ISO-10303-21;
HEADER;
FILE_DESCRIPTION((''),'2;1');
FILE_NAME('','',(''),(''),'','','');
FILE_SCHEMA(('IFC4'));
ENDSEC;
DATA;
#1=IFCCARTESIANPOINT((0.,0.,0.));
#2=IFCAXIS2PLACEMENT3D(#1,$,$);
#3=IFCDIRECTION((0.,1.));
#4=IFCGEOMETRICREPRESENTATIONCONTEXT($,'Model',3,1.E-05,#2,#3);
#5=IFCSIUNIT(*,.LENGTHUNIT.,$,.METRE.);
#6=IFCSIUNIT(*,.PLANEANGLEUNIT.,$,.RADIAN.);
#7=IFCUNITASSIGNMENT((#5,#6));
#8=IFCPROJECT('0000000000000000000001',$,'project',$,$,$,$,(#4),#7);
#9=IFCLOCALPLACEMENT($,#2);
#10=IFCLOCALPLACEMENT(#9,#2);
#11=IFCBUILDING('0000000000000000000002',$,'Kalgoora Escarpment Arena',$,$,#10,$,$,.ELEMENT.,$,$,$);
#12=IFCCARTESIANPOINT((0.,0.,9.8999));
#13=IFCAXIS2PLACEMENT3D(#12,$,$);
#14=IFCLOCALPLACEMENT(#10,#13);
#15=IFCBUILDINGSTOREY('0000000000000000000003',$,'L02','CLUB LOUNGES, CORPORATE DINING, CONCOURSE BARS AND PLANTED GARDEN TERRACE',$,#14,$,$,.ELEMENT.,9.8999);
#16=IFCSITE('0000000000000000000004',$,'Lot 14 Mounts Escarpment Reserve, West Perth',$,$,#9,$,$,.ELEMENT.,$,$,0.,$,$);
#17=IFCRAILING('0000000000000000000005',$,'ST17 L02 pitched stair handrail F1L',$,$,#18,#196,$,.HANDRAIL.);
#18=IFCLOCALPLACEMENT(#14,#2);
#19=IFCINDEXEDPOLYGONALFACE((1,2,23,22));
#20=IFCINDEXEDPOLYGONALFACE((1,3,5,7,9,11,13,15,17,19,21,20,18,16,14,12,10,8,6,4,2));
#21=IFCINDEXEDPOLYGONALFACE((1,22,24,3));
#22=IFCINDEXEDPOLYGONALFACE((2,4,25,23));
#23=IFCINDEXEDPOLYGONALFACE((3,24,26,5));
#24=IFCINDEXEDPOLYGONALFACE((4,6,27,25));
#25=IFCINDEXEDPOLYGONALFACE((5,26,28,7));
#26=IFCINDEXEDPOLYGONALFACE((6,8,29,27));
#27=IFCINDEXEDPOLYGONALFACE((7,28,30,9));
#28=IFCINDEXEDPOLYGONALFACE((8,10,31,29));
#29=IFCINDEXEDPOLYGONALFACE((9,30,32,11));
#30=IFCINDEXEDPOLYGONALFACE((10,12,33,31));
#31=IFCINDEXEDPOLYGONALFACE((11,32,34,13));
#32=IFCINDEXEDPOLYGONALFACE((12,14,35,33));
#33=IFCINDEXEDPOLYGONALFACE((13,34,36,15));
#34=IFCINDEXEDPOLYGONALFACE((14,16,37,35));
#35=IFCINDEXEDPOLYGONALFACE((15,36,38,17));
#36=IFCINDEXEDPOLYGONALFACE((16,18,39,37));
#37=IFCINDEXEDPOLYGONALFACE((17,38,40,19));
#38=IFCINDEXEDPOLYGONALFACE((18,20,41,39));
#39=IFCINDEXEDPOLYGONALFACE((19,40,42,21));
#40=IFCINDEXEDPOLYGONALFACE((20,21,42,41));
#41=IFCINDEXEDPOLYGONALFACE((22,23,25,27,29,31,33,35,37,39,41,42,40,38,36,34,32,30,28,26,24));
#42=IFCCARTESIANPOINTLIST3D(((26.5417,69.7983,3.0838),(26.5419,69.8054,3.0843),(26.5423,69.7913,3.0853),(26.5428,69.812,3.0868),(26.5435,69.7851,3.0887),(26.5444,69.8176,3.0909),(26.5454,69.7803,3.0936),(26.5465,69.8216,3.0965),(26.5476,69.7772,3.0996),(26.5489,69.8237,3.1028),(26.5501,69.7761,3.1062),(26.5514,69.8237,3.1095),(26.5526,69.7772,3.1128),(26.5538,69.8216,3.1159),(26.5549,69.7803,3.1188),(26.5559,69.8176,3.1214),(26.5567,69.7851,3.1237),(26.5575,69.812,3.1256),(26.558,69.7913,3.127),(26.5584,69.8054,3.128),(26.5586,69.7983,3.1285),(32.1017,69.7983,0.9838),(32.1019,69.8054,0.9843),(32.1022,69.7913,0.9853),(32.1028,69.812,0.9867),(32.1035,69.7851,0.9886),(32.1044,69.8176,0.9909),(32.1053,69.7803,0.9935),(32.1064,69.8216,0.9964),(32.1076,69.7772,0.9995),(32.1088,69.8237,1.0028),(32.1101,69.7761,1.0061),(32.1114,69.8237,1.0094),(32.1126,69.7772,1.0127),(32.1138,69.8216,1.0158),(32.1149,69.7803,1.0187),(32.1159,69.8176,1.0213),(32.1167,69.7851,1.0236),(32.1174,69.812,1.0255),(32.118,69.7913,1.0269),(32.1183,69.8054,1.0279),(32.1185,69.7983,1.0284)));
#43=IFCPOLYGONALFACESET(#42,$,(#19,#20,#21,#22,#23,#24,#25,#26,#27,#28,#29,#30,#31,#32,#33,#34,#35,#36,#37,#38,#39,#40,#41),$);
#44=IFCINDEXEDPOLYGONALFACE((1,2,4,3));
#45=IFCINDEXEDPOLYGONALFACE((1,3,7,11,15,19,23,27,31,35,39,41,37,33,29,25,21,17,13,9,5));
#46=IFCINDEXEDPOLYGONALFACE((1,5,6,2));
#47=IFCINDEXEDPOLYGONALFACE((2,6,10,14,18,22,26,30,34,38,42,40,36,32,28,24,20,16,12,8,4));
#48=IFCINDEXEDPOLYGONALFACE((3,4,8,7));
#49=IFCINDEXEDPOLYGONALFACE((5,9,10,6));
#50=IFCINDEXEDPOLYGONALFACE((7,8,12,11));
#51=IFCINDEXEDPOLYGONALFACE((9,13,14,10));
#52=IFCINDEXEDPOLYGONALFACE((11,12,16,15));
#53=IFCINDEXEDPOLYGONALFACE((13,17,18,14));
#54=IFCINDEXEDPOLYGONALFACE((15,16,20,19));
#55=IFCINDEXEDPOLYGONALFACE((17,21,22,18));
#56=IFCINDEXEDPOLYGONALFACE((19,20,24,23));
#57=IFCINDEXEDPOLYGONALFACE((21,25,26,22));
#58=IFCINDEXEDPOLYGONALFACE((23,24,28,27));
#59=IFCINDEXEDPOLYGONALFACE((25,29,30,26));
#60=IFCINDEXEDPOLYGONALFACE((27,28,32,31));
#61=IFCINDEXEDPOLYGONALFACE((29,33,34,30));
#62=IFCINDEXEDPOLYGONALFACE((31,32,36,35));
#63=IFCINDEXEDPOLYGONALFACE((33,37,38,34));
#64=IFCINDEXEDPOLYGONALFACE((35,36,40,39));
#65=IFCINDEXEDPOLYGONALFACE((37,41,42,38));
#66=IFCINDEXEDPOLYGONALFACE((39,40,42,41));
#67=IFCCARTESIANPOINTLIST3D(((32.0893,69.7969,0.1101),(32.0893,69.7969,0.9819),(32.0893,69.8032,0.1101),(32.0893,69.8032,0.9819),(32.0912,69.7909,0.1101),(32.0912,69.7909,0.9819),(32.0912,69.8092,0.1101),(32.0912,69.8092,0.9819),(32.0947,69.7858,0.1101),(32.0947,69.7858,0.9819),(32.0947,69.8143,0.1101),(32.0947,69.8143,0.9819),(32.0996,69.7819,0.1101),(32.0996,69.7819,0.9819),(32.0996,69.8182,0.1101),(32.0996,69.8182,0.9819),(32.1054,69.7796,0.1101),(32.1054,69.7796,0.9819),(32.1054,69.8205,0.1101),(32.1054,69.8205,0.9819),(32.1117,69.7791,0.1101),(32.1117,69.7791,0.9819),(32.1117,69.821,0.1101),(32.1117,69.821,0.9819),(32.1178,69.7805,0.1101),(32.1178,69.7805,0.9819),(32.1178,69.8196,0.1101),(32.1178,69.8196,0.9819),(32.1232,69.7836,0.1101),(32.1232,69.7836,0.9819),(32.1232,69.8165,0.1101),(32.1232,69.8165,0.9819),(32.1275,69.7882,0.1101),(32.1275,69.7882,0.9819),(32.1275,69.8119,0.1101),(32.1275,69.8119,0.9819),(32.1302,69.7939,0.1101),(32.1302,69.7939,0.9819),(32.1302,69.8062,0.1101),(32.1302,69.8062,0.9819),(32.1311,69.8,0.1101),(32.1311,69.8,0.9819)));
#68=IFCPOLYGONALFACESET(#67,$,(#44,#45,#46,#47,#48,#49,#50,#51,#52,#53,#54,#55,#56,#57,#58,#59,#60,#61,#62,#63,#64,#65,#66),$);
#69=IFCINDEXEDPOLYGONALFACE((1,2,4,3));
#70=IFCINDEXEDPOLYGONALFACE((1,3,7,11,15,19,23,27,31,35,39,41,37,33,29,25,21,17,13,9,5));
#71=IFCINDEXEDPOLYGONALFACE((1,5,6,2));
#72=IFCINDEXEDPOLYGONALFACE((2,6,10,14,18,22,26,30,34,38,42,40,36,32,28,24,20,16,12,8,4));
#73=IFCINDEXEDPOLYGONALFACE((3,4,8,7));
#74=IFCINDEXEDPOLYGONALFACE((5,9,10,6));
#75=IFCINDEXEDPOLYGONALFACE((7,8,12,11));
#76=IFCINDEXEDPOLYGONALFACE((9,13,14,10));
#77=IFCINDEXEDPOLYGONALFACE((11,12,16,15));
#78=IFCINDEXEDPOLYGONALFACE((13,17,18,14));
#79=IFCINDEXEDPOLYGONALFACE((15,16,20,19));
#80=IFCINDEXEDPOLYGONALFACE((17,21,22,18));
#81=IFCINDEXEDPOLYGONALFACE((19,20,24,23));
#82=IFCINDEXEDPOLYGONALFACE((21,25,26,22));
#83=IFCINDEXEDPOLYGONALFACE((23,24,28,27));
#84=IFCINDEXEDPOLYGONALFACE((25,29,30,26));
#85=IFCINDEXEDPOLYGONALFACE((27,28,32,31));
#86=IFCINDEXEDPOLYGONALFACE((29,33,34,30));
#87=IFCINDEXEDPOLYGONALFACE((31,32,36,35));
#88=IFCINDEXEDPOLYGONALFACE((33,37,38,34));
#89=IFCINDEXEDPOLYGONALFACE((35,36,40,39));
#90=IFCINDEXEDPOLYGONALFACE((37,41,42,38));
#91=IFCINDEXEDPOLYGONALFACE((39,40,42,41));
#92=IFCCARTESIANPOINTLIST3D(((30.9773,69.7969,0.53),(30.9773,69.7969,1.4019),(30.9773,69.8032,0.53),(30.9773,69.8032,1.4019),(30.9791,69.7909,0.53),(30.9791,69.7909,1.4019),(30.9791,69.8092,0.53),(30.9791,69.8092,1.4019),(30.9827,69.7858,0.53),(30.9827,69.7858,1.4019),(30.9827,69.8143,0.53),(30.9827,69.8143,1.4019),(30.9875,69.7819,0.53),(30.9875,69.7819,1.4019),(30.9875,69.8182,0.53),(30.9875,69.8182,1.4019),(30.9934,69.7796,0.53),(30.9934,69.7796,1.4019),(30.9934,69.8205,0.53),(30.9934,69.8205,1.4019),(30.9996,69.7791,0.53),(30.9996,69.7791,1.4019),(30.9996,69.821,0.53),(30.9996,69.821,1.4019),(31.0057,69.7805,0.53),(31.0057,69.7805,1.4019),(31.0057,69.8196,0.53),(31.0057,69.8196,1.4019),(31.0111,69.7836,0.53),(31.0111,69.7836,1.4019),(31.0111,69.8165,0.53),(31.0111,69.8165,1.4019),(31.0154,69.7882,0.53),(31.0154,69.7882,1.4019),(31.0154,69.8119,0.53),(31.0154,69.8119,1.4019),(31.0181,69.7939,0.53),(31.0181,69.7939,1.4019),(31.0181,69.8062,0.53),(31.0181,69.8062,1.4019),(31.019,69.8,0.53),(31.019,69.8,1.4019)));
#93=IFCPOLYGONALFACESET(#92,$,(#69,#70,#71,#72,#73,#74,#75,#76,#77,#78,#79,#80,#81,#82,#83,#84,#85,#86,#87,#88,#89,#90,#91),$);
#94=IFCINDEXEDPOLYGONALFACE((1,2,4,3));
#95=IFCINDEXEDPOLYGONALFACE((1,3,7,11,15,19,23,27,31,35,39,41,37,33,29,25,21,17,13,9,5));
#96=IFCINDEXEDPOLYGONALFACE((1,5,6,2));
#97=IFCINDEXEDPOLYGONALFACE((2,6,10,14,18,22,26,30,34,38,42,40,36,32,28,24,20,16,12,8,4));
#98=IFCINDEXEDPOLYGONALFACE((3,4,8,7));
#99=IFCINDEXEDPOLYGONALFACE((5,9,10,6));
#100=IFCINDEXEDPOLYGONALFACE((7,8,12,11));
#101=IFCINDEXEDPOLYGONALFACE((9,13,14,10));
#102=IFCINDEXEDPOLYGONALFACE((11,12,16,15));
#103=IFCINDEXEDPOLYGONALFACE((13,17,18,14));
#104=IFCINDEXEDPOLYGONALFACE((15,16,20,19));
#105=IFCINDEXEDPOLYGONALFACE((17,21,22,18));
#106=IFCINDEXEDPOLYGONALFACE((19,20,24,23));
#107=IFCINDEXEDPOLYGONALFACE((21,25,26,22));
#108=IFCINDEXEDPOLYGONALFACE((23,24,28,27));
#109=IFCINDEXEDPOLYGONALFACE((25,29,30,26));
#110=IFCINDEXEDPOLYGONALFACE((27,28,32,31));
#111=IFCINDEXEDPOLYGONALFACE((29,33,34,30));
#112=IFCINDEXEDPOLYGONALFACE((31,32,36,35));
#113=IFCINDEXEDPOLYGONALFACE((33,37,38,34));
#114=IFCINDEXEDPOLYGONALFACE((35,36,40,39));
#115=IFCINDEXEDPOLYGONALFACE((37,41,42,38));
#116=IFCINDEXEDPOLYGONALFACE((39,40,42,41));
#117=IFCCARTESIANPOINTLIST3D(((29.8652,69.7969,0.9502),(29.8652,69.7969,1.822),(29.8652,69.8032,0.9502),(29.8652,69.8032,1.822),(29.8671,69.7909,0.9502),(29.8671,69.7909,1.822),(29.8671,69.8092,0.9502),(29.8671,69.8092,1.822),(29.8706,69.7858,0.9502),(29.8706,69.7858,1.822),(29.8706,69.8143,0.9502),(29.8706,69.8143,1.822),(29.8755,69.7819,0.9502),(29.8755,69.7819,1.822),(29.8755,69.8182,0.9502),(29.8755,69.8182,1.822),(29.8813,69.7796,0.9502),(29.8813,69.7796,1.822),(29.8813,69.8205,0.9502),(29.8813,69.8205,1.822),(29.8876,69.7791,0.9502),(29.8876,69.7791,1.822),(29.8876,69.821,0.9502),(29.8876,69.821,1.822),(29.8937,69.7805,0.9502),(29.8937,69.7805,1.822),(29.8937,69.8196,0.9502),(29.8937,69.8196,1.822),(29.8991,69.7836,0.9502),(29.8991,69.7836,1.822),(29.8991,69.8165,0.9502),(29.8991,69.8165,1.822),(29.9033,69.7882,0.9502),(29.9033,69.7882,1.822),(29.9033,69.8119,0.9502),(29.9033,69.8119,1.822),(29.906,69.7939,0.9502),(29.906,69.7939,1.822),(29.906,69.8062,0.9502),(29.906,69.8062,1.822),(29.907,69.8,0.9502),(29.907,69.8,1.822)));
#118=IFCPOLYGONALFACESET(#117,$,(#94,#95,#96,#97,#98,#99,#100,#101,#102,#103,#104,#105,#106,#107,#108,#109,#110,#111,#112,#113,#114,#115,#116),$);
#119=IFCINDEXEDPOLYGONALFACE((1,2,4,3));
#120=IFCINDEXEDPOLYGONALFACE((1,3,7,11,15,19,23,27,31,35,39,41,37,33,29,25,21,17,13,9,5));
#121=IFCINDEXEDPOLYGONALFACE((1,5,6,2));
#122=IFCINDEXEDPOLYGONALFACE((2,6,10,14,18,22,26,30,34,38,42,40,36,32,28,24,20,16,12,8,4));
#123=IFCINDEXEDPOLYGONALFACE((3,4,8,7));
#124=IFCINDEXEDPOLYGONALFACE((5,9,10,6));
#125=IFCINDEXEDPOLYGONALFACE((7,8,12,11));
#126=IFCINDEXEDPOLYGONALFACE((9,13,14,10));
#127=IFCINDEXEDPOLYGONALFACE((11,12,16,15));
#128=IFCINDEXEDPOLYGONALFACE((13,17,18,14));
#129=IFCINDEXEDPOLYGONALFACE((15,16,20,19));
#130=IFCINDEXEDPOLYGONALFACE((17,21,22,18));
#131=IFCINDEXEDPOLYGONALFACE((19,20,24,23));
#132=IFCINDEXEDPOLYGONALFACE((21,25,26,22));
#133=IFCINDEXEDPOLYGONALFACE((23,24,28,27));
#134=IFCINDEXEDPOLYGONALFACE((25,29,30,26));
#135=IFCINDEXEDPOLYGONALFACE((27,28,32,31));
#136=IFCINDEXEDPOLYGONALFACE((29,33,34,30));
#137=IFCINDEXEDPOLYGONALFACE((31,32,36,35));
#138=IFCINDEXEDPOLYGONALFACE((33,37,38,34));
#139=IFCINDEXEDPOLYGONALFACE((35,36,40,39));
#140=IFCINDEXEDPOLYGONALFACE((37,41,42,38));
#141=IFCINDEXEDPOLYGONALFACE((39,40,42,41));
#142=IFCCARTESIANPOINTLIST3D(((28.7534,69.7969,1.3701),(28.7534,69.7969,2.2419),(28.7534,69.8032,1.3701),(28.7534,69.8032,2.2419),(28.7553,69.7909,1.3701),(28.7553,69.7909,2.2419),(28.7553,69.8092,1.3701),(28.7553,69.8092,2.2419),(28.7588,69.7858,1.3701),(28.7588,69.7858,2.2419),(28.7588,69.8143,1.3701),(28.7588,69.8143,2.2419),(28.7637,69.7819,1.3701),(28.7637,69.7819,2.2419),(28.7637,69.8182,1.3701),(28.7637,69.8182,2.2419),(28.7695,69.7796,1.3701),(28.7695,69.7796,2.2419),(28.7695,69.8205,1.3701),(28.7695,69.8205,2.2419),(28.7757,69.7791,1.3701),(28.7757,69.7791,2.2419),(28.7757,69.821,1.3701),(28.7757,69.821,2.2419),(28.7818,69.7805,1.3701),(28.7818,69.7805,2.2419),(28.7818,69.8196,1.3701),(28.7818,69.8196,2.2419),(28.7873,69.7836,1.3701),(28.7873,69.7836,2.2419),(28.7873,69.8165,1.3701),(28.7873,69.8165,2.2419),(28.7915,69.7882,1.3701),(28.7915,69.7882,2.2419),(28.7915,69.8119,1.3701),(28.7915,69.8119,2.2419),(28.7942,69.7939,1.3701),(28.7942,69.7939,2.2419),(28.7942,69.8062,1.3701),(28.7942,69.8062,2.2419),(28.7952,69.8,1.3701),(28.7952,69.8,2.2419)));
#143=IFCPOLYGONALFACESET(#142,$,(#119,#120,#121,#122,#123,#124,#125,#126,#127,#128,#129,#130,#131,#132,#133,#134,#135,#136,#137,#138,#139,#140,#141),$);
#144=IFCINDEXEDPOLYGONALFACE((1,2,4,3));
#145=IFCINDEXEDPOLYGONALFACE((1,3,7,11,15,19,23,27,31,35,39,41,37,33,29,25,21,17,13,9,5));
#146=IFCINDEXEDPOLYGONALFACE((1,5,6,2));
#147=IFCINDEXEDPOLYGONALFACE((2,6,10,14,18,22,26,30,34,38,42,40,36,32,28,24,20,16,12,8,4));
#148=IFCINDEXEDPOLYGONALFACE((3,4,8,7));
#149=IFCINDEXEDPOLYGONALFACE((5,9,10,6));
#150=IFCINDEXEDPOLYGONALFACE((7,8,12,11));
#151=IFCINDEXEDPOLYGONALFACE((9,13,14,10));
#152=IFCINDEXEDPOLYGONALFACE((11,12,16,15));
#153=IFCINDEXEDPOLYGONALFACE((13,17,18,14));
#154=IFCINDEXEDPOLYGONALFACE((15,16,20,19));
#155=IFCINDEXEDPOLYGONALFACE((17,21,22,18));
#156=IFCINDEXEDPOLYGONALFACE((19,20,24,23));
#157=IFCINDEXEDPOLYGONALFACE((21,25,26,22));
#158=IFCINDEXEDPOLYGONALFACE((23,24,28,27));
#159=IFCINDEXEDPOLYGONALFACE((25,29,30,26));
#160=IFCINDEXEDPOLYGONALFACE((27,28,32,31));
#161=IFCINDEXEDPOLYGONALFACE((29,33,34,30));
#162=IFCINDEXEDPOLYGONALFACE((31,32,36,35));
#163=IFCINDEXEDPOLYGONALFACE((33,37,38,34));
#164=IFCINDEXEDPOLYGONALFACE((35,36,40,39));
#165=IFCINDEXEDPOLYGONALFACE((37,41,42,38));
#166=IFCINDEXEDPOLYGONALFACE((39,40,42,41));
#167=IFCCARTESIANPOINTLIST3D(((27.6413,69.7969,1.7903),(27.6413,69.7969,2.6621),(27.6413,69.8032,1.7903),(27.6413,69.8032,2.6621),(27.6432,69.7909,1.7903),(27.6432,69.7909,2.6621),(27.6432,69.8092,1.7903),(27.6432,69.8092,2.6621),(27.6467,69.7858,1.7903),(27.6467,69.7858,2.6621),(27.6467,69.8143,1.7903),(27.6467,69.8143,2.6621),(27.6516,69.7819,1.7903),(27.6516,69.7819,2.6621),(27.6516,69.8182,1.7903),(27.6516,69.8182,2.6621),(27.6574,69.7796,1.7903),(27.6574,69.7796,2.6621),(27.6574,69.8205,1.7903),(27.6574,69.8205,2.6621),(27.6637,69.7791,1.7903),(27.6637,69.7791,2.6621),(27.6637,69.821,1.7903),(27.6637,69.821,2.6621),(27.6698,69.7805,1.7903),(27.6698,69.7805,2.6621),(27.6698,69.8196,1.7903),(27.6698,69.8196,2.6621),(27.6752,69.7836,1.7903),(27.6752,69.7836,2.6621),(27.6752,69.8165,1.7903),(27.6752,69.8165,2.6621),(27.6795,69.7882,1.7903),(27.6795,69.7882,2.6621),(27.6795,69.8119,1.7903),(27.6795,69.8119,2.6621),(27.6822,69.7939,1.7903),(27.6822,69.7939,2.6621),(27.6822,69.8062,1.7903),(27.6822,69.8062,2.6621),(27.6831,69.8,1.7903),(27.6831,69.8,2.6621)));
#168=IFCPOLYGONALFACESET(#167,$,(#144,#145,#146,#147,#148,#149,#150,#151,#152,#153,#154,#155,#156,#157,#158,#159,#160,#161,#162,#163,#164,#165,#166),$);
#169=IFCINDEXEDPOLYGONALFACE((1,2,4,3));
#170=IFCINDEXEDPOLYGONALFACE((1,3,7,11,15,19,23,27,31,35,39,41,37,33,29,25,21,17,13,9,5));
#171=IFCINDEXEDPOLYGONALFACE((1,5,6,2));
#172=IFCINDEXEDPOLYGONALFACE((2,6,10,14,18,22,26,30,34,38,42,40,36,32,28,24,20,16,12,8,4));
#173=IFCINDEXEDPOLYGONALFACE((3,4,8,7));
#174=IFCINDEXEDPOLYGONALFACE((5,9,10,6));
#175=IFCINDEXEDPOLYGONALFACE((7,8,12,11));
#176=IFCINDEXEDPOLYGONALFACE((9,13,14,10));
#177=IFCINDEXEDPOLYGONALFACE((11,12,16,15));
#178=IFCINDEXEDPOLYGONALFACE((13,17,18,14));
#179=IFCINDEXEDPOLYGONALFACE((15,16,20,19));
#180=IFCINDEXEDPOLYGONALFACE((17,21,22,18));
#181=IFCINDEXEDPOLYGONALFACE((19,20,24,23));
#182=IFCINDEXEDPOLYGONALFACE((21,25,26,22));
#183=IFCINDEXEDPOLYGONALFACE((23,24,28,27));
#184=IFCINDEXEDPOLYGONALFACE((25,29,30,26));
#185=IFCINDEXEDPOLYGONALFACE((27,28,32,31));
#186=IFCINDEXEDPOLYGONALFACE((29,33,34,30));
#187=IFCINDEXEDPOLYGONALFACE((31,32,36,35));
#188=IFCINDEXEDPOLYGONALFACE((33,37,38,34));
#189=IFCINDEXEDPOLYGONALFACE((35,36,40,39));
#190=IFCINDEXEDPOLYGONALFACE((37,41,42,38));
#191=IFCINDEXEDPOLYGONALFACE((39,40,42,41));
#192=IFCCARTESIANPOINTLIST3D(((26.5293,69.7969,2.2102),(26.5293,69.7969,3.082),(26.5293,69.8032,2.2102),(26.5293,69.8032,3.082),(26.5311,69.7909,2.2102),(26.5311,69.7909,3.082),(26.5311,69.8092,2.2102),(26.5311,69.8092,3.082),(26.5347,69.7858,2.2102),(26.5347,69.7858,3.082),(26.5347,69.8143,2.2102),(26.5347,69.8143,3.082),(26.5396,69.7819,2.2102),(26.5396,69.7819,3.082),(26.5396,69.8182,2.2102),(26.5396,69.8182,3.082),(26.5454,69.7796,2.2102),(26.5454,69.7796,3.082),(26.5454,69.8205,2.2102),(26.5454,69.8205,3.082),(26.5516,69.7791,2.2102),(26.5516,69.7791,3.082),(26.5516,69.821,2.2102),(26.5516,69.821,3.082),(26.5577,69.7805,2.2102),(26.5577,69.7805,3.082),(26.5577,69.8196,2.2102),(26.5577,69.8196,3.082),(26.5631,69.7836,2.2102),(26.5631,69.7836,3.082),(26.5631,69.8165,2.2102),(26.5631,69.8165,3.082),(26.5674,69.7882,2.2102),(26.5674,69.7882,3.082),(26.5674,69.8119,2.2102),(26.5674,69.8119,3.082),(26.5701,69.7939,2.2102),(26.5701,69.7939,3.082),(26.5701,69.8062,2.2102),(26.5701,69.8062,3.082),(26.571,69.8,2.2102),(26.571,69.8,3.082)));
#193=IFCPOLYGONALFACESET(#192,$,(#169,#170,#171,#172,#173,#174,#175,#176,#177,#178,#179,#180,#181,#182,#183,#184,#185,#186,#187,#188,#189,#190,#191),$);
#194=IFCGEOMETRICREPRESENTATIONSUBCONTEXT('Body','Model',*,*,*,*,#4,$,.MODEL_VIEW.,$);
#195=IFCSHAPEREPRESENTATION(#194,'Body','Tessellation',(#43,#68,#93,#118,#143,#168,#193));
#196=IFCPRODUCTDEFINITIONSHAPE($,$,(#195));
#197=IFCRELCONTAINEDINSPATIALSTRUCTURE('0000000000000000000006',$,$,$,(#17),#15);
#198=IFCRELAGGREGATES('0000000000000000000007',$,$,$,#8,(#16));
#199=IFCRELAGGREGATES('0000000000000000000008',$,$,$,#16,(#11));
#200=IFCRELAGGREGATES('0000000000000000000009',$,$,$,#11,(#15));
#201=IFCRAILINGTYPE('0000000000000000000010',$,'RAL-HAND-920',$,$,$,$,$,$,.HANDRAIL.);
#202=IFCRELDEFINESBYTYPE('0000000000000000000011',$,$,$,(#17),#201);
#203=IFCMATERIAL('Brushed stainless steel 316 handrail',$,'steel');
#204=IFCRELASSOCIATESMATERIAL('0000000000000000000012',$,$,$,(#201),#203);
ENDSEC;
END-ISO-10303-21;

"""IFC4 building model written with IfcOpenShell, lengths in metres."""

from ifc_helpers import new_model, si_unit, direction, frame, origin, origin_2d, place, context, subcontext, project, spatial, circle, extrude, material, type_object, element, save


model = new_model("IFC4")

# Units and contexts
model_context = context("Model", 3, precision=1e-05, world=origin(), true_north=direction((0.0, 1.0)))
body_context = subcontext(model_context, "Body", "Model", "MODEL_VIEW")
ifc_project = project(units=[si_unit("LENGTHUNIT", "METRE"), si_unit("PLANEANGLEUNIT", "RADIAN")], contexts=[model_context])

# Site, building, storey
site_placement = place(None, origin())
site = spatial("IfcSite", under=ifc_project, at=site_placement, Name="Lot 14 Mounts Escarpment Reserve, West Perth", CompositionType="ELEMENT", RefElevation=0.0)
building_placement = place(site_placement, origin())
building = spatial("IfcBuilding", under=site, at=building_placement, Name="Kalgoora Escarpment Arena", CompositionType="ELEMENT")
storey_placement = place(building_placement, frame((0.0, 0.0, 9.8999)))
storey = spatial("IfcBuildingStorey", under=building, at=storey_placement, Name="L02", Description="CLUB LOUNGES, CORPORATE DINING, CONCOURSE BARS AND PLANTED GARDEN TERRACE", CompositionType="ELEMENT", Elevation=9.8999)

# Railing
ifc_material_1 = material(Name="Brushed stainless steel 316 handrail", Category="steel")
railing_type_1 = type_object("IfcRailingType", Name="RAL-HAND-920", PredefinedType="HANDRAIL", material=ifc_material_1)
for number, where, name in (
    (1, (32.1101, 69.8, 0.1101), "ST17 L02 pitched stair handrail F1L"),
):
    element("IfcRailing", number, at=place(storey_placement, frame(where)), inside=storey, type_object=railing_type_1, Name=name, PredefinedType="HANDRAIL", context=body_context, shape_type="SweptSolid", body=[
        extrude(circle(Radius=0.0239, at=origin_2d()), frame((0.0, 0.0, 0.896), z_axis=(-0.935493, 0.0, 0.353346), x_axis=(0.0, -1.0, 0.0)), (0.0, 0.0, 1.0), 5.9434),
        extrude(circle(Radius=0.021, at=origin_2d()), origin(), (0.0, 0.0, 1.0), 0.8718),
        extrude(circle(Radius=0.021, at=origin_2d()), frame((-1.1121, 0.0, 0.4199)), (0.0, 0.0, 1.0), 0.8718),
        extrude(circle(Radius=0.021, at=origin_2d()), frame((-2.2241, 0.0, 0.8401)), (0.0, 0.0, 1.0), 0.8718),
        extrude(circle(Radius=0.021, at=origin_2d()), frame((-3.3359, 0.0, 1.26)), (0.0, 0.0, 1.0), 0.8718),
        extrude(circle(Radius=0.021, at=origin_2d()), frame((-4.448, 0.0, 1.6802)), (0.0, 0.0, 1.0), 0.8718),
        extrude(circle(Radius=0.021, at=origin_2d()), frame((-5.5601, 0.0, 2.1001)), (0.0, 0.0, 1.0), 0.8718),
    ])

save(model, "model.ifc")
